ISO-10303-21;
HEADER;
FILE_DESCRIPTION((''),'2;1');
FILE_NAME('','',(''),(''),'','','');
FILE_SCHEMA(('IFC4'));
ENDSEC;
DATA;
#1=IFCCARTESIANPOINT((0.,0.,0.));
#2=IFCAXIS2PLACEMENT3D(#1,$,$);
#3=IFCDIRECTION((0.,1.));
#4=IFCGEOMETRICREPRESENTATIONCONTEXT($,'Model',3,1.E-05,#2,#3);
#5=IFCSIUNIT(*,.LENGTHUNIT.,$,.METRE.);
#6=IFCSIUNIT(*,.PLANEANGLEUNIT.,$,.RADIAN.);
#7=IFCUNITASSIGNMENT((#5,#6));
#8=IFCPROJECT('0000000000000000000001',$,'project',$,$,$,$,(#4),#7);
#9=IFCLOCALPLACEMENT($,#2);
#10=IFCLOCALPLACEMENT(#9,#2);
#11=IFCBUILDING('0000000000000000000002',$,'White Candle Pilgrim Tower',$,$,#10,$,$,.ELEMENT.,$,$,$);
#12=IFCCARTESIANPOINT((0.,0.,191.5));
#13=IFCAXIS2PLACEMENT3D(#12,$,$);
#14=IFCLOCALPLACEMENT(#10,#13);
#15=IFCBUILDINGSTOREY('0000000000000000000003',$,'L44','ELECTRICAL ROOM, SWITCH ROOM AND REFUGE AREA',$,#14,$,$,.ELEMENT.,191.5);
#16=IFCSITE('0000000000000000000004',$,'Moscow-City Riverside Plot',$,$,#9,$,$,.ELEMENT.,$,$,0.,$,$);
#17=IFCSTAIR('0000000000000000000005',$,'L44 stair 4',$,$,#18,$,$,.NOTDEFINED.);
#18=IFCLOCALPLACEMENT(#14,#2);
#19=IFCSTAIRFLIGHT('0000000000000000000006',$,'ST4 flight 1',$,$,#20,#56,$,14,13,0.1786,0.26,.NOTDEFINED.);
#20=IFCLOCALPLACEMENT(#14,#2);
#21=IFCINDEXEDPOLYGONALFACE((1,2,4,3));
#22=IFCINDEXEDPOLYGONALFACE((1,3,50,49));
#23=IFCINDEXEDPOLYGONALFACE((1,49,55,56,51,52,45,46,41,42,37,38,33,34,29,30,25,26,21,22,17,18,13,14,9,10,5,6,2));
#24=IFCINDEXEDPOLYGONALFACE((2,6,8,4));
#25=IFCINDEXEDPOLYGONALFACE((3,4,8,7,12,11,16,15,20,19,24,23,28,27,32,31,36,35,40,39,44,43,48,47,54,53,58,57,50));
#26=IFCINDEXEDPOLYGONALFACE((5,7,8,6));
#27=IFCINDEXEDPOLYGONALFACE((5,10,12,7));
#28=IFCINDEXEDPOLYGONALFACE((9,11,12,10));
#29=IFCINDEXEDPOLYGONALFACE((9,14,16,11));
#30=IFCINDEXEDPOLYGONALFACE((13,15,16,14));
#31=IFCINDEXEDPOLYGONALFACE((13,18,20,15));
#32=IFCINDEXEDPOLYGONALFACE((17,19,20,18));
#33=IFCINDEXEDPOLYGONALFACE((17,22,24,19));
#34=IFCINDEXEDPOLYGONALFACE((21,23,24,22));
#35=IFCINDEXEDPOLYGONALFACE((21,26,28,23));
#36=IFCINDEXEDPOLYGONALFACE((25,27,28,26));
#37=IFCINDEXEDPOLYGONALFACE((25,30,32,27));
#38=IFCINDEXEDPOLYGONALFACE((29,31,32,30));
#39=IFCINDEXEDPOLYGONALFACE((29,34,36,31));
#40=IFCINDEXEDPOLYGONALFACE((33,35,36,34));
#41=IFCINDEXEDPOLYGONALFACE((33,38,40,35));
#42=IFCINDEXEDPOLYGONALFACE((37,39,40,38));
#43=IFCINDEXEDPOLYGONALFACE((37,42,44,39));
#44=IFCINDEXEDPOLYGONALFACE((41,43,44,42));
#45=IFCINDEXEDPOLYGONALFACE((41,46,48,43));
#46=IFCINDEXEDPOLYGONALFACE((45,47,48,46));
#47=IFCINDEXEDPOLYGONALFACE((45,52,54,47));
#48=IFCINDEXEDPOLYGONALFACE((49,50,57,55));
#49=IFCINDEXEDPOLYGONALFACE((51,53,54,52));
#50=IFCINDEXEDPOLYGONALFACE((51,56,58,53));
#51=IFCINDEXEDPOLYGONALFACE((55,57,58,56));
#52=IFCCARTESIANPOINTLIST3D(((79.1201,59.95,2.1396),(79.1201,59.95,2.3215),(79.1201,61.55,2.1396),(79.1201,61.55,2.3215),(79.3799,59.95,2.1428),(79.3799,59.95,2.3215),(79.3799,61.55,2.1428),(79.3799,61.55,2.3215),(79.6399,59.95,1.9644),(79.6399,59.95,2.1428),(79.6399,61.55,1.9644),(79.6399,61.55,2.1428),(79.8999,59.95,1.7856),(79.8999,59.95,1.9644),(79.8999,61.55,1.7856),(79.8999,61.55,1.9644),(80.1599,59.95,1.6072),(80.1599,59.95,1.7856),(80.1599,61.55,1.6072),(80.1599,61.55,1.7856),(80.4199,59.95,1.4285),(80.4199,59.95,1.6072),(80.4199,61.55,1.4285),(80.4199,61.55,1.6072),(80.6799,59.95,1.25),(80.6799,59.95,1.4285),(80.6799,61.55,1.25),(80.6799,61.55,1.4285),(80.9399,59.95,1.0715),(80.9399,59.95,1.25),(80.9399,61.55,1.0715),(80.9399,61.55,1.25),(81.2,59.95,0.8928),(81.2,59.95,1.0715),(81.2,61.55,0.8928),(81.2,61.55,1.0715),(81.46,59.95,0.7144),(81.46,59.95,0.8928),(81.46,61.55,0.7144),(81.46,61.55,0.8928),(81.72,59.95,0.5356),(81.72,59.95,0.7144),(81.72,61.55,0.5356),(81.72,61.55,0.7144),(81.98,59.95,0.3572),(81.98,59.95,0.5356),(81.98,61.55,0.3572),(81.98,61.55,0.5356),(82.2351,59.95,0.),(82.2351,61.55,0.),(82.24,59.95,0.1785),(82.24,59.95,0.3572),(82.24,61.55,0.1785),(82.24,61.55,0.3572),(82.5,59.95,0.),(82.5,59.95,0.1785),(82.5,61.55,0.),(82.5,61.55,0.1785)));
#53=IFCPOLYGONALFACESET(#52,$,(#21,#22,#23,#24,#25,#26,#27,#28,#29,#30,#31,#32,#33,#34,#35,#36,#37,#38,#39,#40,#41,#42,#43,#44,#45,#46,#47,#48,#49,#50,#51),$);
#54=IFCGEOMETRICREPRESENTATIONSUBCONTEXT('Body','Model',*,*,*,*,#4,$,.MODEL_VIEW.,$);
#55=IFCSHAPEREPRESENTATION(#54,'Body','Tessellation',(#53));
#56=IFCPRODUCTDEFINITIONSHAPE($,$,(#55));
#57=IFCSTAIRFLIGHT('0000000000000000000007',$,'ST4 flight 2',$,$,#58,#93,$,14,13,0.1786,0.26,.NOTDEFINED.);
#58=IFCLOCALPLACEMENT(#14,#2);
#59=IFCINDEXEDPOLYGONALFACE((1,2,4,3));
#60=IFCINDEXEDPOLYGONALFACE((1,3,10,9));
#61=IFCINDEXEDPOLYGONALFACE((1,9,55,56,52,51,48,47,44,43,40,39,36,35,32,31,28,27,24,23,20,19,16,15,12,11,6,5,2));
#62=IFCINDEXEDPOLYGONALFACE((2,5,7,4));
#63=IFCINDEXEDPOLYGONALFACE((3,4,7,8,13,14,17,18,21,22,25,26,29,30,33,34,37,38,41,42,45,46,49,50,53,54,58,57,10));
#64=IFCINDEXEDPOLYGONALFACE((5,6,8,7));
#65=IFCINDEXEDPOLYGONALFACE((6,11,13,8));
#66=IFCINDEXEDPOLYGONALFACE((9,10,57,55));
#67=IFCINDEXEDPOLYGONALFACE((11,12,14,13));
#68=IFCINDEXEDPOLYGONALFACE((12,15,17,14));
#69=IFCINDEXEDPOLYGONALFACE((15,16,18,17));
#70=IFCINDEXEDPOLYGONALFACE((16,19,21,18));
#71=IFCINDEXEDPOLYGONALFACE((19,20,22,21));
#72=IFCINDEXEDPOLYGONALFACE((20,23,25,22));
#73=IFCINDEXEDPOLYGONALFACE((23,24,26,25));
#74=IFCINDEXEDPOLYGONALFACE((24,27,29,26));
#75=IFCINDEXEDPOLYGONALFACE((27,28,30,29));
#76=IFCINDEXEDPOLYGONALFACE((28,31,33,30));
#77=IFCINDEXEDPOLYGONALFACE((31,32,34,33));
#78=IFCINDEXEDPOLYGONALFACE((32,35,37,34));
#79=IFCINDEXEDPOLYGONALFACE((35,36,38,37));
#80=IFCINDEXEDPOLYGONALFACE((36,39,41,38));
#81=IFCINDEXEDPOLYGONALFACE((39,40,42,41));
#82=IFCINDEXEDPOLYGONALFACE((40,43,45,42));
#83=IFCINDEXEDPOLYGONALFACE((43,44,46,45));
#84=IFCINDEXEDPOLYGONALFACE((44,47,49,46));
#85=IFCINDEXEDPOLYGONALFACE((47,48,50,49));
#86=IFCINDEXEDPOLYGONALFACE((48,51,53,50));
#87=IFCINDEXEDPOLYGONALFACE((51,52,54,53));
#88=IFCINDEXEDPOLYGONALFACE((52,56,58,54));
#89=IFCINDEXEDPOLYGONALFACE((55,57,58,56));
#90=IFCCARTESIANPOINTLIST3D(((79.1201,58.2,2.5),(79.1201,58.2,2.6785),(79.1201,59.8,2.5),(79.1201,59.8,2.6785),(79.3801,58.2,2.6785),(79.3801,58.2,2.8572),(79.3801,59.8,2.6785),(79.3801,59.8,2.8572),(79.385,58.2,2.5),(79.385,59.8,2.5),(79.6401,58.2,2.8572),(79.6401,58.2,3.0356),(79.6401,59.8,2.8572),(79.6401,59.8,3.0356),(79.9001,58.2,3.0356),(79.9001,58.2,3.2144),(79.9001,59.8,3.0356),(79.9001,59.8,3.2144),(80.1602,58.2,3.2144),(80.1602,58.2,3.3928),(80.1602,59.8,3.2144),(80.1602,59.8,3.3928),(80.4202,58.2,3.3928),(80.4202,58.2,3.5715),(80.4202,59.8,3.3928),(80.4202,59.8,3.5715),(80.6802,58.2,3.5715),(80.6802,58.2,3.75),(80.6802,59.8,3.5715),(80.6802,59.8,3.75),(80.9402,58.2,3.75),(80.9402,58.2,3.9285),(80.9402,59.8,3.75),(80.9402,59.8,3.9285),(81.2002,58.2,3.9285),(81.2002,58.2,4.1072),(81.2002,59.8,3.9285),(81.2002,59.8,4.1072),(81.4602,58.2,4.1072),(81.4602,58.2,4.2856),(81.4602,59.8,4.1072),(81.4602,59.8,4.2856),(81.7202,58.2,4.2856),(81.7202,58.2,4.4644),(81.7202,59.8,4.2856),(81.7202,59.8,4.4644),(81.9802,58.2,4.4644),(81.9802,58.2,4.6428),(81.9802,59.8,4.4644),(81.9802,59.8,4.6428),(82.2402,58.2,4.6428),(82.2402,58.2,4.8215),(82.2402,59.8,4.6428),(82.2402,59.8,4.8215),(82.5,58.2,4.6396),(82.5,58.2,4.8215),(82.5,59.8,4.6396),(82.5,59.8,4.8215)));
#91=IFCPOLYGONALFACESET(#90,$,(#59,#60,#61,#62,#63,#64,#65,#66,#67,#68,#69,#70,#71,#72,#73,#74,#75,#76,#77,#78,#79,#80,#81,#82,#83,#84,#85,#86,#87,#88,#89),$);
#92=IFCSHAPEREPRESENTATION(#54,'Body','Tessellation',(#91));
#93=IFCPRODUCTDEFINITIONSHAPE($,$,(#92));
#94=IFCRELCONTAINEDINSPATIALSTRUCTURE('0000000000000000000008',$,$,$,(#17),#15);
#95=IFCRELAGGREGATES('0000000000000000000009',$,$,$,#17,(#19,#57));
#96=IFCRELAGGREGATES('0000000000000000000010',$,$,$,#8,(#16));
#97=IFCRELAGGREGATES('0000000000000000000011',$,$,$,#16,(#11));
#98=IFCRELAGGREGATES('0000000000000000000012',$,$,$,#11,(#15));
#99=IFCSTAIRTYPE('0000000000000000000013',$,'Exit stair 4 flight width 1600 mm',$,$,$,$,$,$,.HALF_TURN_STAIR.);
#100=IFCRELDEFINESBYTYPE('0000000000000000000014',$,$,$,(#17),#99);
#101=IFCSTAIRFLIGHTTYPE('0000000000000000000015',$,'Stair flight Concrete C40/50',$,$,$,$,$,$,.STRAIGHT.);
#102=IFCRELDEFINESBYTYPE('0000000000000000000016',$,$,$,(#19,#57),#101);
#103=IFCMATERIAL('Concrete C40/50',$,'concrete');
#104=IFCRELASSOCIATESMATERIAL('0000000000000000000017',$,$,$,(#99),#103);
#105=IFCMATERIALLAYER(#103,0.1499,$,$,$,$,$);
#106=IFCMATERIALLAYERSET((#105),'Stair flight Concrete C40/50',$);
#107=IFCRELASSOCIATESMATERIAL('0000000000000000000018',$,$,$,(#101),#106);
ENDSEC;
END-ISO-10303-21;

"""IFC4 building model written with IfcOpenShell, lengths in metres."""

from ifc_helpers import new_model, si_unit, direction, frame, origin, place, context, subcontext, project, spatial, polyline, outline, extrude, material, layer, layer_set, type_object, element, aggregate, save


model = new_model("IFC4")

# Units and contexts
model_context = context("Model", 3, precision=1e-05, world=origin(), true_north=direction((0.0, 1.0)))
body_context = subcontext(model_context, "Body", "Model", "MODEL_VIEW")
ifc_project = project(units=[si_unit("LENGTHUNIT", "METRE"), si_unit("PLANEANGLEUNIT", "RADIAN")], contexts=[model_context])

# Site, building, storey
site_placement = place(None, origin())
site = spatial("IfcSite", under=ifc_project, at=site_placement, Name="Moscow-City Riverside Plot", CompositionType="ELEMENT", RefElevation=0.0)
building_placement = place(site_placement, origin())
building = spatial("IfcBuilding", under=site, at=building_placement, Name="White Candle Pilgrim Tower", CompositionType="ELEMENT")
storey_placement = place(building_placement, frame((0.0, 0.0, 191.5)))
storey = spatial("IfcBuildingStorey", under=building, at=storey_placement, Name="L44", Description="ELECTRICAL ROOM, SWITCH ROOM AND REFUGE AREA", CompositionType="ELEMENT", Elevation=191.5)

# Stair, stair flights
ifc_material_1 = material(Name="Concrete C40/50", Category="concrete")
stair_type = type_object("IfcStairType", Name="Exit stair 4 flight width 1600 mm", PredefinedType="HALF_TURN_STAIR", material=ifc_material_1)
stair_placement = place(storey_placement, origin())
stair = element("IfcStair", 1, at=stair_placement, inside=storey, type_object=stair_type, Name="L44 stair 4", PredefinedType="NOTDEFINED")
ifc_layer_1 = layer(ifc_material_1, 0.1499)
ifc_layer_set_1 = layer_set([ifc_layer_1], Name="Stair flight Concrete C40/50")
stair_flight_type = type_object("IfcStairFlightType", Name="Stair flight Concrete C40/50", PredefinedType="STRAIGHT", material=ifc_layer_set_1)
stair_flight_1_placement = place(storey_placement, frame((82.5, 60.75, 0.0), z_axis=(0.0, 0.0, 1.0), x_axis=(-1.0, 0.0, 0.0)))
stair_flight_1 = element("IfcStairFlight", 2, at=stair_flight_1_placement, type_object=stair_flight_type, Name="ST4 flight 1", NumberOfRisers=14, NumberOfTreads=13, PredefinedType="NOTDEFINED", RiserHeight=0.1786, TreadLength=0.26, context=body_context, shape_type="SweptSolid", body=[
    extrude(outline(polyline([(0.0, 0.0), (0.0, 0.1785), (0.26, 0.1785), (0.26, 0.3572), (0.52, 0.3572), (0.52, 0.5356), (0.78, 0.5356), (0.78, 0.7144), (1.04, 0.7144), (1.04, 0.8928), (1.3, 0.8928), (1.3, 1.0715), (1.5601, 1.0715), (1.5601, 1.25), (1.8201, 1.25), (1.8201, 1.4285), (2.0801, 1.4285), (2.0801, 1.6072), (2.3401, 1.6072), (2.3401, 1.7856), (2.6001, 1.7856), (2.6001, 1.9644), (2.8601, 1.9644), (2.8601, 2.1428), (3.1201, 2.1428), (3.1201, 2.3215), (3.3799, 2.3215), (3.3799, 2.5), (3.3799, 2.1396), (0.2649, 0.0), (0.0, 0.0)])), frame((0.0, 0.8, 0.0), z_axis=(0.0, -1.0, 0.0), x_axis=(1.0, 0.0, 0.0)), (0.0, 0.0, 1.0), 1.6001),
])
stair_flight_2_placement = place(storey_placement, frame((79.1201, 59.0, 2.5), z_axis=(0.0, 0.0, 1.0), x_axis=(1.0, 0.0, 0.0)))
stair_flight_2 = element("IfcStairFlight", 3, at=stair_flight_2_placement, type_object=stair_flight_type, Name="ST4 flight 2", NumberOfRisers=14, NumberOfTreads=13, PredefinedType="NOTDEFINED", RiserHeight=0.1786, TreadLength=0.26, context=body_context, shape_type="SweptSolid", body=[
    extrude(outline(polyline([(0.0, 0.0), (0.0, 0.1785), (0.26, 0.1785), (0.26, 0.3572), (0.52, 0.3572), (0.52, 0.5356), (0.78, 0.5356), (0.78, 0.7144), (1.04, 0.7144), (1.04, 0.8928), (1.3, 0.8928), (1.3, 1.0715), (1.5601, 1.0715), (1.5601, 1.25), (1.8201, 1.25), (1.8201, 1.4285), (2.0801, 1.4285), (2.0801, 1.6072), (2.3401, 1.6072), (2.3401, 1.7856), (2.6001, 1.7856), (2.6001, 1.9644), (2.8601, 1.9644), (2.8601, 2.1428), (3.1201, 2.1428), (3.1201, 2.3215), (3.3799, 2.3215), (3.3799, 2.5), (3.3799, 2.1396), (0.2649, 0.0), (0.0, 0.0)])), frame((0.0, 0.8, 0.0), z_axis=(0.0, -1.0, 0.0), x_axis=(1.0, 0.0, 0.0)), (0.0, 0.0, 1.0), 1.6001),
])
aggregate(stair, [stair_flight_1, stair_flight_2])

save(model, "model.ifc")
